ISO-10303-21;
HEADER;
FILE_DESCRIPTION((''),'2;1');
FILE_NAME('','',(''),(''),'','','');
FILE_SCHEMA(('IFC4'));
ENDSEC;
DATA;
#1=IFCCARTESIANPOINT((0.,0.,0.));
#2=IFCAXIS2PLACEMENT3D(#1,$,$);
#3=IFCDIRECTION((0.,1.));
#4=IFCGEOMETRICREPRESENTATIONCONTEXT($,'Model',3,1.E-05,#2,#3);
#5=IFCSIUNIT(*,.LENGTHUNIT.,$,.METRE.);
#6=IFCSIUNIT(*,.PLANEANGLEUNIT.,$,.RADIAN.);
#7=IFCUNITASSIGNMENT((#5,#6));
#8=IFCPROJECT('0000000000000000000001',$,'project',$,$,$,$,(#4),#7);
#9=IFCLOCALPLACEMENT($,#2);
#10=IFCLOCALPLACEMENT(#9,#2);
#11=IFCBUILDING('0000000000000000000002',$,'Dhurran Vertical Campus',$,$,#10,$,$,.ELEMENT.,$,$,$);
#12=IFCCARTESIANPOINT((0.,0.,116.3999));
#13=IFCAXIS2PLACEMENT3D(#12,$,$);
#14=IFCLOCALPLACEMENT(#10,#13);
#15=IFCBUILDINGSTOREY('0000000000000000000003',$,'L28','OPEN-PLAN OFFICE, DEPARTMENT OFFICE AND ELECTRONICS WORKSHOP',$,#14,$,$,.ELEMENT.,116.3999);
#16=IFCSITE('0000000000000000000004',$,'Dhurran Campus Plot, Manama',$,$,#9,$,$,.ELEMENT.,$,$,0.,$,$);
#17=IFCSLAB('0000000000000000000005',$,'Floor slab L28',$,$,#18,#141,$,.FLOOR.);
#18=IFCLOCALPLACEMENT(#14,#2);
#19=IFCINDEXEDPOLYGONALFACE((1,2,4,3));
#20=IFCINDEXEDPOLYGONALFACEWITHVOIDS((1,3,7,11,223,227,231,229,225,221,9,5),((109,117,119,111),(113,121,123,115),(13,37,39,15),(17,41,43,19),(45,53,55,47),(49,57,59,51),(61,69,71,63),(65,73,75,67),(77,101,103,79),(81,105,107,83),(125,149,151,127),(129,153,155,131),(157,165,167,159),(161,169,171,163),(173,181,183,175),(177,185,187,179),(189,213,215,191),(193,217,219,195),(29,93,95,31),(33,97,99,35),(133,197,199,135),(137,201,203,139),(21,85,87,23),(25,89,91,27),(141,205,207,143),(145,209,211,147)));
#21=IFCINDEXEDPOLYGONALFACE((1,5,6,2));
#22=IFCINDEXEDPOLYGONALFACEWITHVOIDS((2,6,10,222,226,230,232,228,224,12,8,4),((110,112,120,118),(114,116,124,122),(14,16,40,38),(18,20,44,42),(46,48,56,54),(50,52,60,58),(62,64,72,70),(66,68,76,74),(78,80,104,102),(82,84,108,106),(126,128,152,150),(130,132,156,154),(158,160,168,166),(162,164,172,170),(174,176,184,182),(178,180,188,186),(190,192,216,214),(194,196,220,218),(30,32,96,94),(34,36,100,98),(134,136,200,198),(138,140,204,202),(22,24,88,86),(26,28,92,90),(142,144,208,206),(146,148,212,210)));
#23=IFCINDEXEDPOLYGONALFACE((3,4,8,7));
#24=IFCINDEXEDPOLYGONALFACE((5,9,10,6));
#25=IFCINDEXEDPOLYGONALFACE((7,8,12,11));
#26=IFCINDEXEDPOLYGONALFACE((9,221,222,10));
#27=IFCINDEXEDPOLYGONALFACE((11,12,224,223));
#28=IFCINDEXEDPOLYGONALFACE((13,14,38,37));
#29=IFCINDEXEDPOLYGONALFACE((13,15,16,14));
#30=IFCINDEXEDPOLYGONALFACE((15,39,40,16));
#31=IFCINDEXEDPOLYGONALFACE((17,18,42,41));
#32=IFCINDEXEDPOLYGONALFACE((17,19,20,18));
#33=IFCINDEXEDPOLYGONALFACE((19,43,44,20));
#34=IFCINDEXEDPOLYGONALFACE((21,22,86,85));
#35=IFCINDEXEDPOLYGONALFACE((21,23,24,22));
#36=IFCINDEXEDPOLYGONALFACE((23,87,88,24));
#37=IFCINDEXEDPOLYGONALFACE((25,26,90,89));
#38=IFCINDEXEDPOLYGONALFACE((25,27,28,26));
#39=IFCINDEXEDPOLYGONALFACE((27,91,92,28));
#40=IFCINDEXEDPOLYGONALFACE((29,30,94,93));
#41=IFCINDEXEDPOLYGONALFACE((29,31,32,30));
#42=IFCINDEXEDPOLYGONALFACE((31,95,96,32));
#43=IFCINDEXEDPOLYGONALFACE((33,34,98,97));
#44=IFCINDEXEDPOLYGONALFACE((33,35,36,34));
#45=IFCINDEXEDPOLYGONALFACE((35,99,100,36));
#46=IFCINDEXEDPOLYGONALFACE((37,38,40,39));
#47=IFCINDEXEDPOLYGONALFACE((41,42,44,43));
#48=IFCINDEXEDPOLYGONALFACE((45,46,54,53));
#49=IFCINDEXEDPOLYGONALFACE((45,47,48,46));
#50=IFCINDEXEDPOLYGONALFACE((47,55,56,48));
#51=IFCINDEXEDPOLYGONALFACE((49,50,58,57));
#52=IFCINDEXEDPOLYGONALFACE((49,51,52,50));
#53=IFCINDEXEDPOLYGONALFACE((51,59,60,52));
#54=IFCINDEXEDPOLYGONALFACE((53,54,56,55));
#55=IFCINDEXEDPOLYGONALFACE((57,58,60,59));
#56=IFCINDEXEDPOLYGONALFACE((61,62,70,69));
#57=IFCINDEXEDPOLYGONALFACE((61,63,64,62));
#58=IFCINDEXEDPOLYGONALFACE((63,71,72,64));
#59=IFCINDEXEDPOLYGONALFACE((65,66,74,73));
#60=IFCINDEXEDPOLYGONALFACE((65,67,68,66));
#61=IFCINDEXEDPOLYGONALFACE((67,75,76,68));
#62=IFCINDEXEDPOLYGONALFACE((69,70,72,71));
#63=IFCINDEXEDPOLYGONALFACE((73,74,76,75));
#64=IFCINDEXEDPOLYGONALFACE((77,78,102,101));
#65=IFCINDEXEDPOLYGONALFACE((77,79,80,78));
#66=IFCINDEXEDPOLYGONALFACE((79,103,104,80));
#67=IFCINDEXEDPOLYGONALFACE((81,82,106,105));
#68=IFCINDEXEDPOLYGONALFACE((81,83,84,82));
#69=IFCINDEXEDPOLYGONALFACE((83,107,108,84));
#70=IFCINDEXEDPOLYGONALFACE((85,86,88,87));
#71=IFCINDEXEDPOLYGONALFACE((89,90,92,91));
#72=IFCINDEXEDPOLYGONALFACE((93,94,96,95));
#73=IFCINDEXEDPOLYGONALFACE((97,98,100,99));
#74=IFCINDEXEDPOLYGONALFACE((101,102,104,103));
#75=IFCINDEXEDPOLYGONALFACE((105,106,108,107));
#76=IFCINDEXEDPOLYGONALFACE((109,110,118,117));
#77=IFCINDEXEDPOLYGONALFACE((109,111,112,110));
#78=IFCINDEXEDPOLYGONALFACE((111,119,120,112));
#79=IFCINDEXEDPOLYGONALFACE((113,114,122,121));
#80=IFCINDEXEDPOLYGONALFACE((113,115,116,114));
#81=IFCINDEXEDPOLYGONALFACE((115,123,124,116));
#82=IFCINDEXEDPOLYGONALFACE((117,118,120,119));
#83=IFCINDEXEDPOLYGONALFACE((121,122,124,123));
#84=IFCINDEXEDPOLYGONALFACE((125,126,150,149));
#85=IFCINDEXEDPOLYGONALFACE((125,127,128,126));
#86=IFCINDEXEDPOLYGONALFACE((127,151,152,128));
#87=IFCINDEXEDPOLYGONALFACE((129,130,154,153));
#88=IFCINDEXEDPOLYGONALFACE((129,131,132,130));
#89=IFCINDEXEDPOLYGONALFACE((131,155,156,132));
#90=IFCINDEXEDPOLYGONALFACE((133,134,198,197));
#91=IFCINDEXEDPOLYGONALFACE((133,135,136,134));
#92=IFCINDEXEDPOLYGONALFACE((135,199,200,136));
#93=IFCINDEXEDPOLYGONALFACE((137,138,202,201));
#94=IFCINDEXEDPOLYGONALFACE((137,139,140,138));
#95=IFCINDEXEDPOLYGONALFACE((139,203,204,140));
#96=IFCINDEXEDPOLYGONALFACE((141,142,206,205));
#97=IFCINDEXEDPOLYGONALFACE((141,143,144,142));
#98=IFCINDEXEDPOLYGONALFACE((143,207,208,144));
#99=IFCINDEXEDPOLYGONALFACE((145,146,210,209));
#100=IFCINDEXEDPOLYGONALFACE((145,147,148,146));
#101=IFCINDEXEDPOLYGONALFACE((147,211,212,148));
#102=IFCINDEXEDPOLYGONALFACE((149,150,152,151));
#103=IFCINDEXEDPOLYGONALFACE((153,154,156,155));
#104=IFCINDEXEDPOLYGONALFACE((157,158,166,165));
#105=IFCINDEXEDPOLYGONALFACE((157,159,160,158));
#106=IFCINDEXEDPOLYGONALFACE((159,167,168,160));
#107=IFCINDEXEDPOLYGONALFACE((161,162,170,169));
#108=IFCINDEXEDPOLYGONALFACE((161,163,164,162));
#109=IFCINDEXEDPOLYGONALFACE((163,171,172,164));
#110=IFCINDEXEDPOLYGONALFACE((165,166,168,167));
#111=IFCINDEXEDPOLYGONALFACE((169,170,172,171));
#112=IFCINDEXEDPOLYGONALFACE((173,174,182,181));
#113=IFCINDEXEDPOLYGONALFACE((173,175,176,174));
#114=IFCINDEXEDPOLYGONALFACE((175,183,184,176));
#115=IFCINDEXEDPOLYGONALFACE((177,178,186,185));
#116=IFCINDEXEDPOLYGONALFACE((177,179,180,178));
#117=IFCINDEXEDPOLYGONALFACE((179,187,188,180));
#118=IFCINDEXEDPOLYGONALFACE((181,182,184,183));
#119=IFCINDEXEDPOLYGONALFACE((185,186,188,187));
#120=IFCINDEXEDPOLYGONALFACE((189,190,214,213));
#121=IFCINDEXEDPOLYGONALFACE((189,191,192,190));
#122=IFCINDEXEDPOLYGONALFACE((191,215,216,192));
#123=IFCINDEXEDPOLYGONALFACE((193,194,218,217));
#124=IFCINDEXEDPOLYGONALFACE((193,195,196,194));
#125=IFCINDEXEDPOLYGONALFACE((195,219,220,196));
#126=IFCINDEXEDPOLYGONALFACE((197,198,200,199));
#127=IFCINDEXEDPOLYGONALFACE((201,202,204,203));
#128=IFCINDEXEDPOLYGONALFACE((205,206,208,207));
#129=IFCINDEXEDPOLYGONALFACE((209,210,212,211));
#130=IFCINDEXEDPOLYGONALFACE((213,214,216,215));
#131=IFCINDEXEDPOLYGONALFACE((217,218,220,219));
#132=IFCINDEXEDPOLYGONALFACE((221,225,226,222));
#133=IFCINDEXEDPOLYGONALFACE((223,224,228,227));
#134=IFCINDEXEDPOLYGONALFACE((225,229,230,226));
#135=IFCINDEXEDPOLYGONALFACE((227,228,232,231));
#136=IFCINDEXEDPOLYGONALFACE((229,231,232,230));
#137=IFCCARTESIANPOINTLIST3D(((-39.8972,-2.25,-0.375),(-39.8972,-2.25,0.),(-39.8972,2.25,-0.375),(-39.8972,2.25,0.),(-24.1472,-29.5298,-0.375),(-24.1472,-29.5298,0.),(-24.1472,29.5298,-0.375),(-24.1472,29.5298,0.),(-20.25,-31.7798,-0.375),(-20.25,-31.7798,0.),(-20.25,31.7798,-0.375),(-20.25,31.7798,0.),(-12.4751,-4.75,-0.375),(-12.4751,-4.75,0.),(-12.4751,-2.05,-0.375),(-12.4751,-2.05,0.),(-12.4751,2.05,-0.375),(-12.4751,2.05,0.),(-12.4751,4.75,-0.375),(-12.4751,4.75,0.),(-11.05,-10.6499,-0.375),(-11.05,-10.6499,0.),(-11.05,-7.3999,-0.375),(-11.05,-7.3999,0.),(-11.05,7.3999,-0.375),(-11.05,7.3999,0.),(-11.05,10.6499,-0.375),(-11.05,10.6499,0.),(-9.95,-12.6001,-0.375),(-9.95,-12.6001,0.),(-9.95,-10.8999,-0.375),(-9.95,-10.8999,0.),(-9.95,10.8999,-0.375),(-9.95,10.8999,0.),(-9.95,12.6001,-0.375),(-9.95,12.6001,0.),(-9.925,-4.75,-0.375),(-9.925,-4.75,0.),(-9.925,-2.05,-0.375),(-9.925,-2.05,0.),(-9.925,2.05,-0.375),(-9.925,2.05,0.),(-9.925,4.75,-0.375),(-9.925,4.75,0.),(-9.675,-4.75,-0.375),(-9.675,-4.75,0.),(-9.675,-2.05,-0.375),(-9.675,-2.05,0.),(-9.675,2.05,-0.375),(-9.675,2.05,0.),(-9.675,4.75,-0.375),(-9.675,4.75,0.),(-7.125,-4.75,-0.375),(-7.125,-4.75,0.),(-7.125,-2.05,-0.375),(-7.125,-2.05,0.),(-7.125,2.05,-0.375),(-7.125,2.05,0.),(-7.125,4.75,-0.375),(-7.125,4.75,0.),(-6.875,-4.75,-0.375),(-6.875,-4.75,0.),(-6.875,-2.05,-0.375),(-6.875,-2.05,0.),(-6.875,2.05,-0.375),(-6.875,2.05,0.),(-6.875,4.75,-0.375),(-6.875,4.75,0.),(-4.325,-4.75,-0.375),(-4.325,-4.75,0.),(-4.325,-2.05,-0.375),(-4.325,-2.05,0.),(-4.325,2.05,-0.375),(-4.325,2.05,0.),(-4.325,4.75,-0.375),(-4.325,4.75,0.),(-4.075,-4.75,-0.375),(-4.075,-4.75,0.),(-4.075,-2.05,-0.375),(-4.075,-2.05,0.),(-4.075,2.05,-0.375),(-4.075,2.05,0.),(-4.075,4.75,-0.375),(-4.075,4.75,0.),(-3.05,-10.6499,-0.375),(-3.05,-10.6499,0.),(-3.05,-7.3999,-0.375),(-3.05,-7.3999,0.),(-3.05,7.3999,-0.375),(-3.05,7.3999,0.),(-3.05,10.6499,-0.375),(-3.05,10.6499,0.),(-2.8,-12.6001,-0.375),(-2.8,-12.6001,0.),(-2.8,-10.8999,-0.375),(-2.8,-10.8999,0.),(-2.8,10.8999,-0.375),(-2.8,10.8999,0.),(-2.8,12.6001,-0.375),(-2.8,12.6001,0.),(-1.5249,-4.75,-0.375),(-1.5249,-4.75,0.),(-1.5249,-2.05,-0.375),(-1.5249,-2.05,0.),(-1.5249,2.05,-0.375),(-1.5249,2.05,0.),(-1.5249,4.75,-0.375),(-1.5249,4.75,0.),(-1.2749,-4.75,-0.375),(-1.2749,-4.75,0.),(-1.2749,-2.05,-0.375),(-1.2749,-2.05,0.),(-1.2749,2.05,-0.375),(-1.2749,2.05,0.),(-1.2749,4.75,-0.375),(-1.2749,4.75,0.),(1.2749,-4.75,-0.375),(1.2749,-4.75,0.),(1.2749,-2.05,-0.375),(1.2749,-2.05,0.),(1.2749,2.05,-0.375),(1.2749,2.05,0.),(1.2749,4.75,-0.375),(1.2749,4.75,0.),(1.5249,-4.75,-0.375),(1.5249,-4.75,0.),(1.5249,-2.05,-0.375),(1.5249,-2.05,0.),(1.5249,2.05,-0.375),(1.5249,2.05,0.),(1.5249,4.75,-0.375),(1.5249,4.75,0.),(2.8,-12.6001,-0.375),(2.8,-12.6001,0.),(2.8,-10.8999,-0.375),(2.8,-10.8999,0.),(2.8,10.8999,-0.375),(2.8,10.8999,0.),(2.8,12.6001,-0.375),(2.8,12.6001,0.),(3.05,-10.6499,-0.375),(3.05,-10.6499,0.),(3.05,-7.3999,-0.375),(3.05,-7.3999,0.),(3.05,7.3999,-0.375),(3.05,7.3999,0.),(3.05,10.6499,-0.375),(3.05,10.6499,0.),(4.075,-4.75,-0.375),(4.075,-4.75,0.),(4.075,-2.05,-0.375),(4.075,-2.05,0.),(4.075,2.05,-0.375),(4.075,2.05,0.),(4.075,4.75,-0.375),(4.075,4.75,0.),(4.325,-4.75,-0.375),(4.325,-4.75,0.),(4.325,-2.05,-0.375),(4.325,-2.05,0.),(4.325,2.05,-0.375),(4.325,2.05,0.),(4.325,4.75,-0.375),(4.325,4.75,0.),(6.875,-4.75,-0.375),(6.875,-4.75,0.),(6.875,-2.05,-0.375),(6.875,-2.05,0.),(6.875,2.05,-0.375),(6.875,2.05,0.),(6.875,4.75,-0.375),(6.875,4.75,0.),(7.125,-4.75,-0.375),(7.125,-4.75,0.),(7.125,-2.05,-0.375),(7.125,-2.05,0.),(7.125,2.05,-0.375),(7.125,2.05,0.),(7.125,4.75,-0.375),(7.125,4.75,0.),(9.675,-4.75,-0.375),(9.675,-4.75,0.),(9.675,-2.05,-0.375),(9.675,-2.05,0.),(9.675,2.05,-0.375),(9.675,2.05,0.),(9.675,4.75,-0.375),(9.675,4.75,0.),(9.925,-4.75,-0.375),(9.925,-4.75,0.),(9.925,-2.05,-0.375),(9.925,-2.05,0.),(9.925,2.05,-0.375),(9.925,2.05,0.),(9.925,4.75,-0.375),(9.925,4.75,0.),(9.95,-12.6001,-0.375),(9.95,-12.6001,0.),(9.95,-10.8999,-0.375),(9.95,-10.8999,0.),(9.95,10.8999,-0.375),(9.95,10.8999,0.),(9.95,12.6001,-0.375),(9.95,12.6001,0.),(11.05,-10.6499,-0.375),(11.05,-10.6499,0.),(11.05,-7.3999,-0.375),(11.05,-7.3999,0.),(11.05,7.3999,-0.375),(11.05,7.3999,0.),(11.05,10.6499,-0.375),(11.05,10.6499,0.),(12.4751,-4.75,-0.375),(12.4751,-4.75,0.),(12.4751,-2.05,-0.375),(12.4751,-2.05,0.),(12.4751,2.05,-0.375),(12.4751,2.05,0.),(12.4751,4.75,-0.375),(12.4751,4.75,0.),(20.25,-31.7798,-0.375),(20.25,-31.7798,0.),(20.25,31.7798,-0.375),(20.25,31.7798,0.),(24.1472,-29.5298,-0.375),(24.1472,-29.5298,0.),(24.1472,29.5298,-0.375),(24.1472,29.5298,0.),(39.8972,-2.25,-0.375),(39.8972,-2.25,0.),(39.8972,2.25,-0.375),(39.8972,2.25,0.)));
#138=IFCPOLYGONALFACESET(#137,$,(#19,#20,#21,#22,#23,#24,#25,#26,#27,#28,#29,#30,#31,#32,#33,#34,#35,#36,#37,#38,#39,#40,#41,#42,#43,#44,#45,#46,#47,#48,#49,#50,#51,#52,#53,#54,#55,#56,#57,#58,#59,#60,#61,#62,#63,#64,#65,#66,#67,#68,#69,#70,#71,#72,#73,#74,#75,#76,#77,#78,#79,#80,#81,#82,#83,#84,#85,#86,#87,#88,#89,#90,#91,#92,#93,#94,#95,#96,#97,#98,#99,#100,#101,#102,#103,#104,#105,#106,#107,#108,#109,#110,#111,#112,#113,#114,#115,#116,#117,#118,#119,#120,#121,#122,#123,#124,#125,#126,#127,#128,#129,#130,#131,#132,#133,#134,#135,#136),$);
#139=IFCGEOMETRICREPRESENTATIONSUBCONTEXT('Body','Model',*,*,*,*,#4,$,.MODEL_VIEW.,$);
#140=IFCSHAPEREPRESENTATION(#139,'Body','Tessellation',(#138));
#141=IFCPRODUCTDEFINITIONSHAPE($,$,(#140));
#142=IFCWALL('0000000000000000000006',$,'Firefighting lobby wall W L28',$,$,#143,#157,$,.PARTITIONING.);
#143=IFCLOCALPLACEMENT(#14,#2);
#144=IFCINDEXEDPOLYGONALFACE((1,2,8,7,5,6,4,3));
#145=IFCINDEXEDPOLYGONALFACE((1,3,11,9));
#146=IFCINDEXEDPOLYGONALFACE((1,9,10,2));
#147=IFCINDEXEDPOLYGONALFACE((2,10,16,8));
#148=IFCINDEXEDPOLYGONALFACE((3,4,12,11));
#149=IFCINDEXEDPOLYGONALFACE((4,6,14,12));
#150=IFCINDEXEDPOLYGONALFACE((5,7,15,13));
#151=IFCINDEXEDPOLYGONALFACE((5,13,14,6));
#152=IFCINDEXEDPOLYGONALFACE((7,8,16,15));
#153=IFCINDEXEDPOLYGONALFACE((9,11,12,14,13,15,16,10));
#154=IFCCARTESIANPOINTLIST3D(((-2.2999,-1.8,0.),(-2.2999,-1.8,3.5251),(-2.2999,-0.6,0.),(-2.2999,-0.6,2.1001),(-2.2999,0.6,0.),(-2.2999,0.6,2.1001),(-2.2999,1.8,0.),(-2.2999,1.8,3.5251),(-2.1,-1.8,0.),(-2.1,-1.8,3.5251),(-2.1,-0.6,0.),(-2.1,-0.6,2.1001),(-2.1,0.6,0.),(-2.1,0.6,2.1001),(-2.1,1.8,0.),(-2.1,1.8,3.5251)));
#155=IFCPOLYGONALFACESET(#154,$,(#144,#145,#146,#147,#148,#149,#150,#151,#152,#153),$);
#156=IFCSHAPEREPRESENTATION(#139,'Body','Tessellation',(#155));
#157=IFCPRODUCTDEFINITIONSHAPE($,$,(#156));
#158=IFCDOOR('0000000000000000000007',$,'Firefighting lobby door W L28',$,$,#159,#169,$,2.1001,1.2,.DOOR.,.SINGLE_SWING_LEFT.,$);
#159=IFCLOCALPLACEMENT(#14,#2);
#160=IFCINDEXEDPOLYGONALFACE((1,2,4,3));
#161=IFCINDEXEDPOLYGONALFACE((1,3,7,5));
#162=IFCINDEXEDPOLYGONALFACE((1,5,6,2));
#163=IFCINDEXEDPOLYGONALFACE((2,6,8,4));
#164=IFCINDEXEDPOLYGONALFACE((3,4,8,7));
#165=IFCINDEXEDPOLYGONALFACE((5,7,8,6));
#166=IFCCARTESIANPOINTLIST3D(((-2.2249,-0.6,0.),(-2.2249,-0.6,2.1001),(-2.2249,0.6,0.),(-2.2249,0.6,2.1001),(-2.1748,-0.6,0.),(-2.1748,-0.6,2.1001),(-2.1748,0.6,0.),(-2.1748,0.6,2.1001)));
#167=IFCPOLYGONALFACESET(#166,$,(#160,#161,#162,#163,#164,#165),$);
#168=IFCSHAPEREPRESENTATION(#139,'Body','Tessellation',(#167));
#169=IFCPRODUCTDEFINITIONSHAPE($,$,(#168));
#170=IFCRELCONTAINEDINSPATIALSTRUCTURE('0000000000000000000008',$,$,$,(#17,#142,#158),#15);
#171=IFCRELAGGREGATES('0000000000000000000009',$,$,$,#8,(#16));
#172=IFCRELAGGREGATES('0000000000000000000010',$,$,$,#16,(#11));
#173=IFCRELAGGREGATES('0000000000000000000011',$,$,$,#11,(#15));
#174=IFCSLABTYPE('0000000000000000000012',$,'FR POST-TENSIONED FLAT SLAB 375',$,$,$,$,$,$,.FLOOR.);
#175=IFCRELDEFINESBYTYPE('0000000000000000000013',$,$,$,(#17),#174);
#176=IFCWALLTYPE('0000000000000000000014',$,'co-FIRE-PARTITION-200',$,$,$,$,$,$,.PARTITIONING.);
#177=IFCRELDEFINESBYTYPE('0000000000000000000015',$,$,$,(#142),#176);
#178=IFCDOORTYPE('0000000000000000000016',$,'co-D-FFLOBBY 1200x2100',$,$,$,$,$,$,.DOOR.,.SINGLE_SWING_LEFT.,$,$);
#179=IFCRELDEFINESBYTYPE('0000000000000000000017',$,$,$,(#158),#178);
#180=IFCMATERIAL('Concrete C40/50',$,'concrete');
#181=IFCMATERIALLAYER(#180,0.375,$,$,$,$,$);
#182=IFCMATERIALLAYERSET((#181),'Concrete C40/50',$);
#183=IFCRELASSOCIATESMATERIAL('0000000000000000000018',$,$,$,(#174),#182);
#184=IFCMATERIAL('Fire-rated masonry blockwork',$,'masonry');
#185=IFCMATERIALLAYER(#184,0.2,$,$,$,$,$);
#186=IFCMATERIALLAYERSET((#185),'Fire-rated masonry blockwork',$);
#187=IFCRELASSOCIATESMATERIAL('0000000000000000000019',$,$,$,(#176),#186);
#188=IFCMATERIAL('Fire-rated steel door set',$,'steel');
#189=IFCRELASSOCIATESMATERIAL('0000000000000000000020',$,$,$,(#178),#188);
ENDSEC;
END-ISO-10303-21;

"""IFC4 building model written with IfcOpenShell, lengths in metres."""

from ifc_helpers import new_model, si_unit, direction, frame, frame_2d, origin, place, context, subcontext, project, spatial, polyline, rectangle, outline, extrude, material, layer, layer_set, type_object, element, fill, save


model = new_model("IFC4")

# Units and contexts
model_context = context("Model", 3, precision=1e-05, world=origin(), true_north=direction((0.0, 1.0)))
body_context = subcontext(model_context, "Body", "Model", "MODEL_VIEW")
ifc_project = project(units=[si_unit("LENGTHUNIT", "METRE"), si_unit("PLANEANGLEUNIT", "RADIAN")], contexts=[model_context])

# Site, building, storey
site_placement = place(None, origin())
site = spatial("IfcSite", under=ifc_project, at=site_placement, Name="Dhurran Campus Plot, Manama", CompositionType="ELEMENT", RefElevation=0.0)
building_placement = place(site_placement, origin())
building = spatial("IfcBuilding", under=site, at=building_placement, Name="Dhurran Vertical Campus", CompositionType="ELEMENT")
storey_placement = place(building_placement, frame((0.0, 0.0, 116.3999)))
storey = spatial("IfcBuildingStorey", under=building, at=storey_placement, Name="L28", Description="OPEN-PLAN OFFICE, DEPARTMENT OFFICE AND ELECTRONICS WORKSHOP", CompositionType="ELEMENT", Elevation=116.3999)

# Slab
ifc_material_1 = material(Name="Concrete C40/50", Category="concrete")
ifc_layer_1 = layer(ifc_material_1, 0.375)
ifc_layer_set_1 = layer_set([ifc_layer_1], Name="Concrete C40/50")
slab_type = type_object("IfcSlabType", Name="FR POST-TENSIONED FLAT SLAB 375", PredefinedType="FLOOR", material=ifc_layer_set_1)
slab_placement = place(storey_placement, frame((0.0, 0.0, -0.375)))
element("IfcSlab", 1, at=slab_placement, inside=storey, type_object=slab_type, Name="Floor slab L28", PredefinedType="FLOOR", context=body_context, shape_type="SweptSolid", body=[
    extrude(outline(polyline([(-20.25, -31.7798), (20.25, -31.7798), (24.1472, -29.5298), (39.8972, -2.25), (39.8972, 2.25), (24.1472, 29.5298), (20.25, 31.7798), (-20.25, 31.7798), (-24.1472, 29.5298), (-39.8972, 2.25), (-39.8972, -2.25), (-24.1472, -29.5298), (-20.25, -31.7798)]), holes=[polyline([(-12.4751, 2.05), (-9.925, 2.05), (-9.925, 4.75), (-12.4751, 4.75), (-12.4751, 2.05)]), polyline([(-9.675, 2.05), (-7.125, 2.05), (-7.125, 4.75), (-9.675, 4.75), (-9.675, 2.05)]), polyline([(-6.875, 2.05), (-4.325, 2.05), (-4.325, 4.75), (-6.875, 4.75), (-6.875, 2.05)]), polyline([(-1.2749, 2.05), (1.2749, 2.05), (1.2749, 4.75), (-1.2749, 4.75), (-1.2749, 2.05)]), polyline([(9.925, 2.05), (12.4751, 2.05), (12.4751, 4.75), (9.925, 4.75), (9.925, 2.05)]), polyline([(-1.2749, -4.75), (1.2749, -4.75), (1.2749, -2.05), (-1.2749, -2.05), (-1.2749, -4.75)]), polyline([(1.5249, -4.75), (4.075, -4.75), (4.075, -2.05), (1.5249, -2.05), (1.5249, -4.75)]), polyline([(4.325, -4.75), (6.875, -4.75), (6.875, -2.05), (4.325, -2.05), (4.325, -4.75)]), polyline([(7.125, -4.75), (9.675, -4.75), (9.675, -2.05), (7.125, -2.05), (7.125, -4.75)]), polyline([(9.925, -4.75), (12.4751, -4.75), (12.4751, -2.05), (9.925, -2.05), (9.925, -4.75)]), polyline([(-4.075, 2.05), (-1.5249, 2.05), (-1.5249, 4.75), (-4.075, 4.75), (-4.075, 2.05)]), polyline([(1.5249, 2.05), (4.075, 2.05), (4.075, 4.75), (1.5249, 4.75), (1.5249, 2.05)]), polyline([(4.325, 2.05), (6.875, 2.05), (6.875, 4.75), (4.325, 4.75), (4.325, 2.05)]), polyline([(7.125, 2.05), (9.675, 2.05), (9.675, 4.75), (7.125, 4.75), (7.125, 2.05)]), polyline([(-12.4751, -4.75), (-9.925, -4.75), (-9.925, -2.05), (-12.4751, -2.05), (-12.4751, -4.75)]), polyline([(-9.675, -4.75), (-7.125, -4.75), (-7.125, -2.05), (-9.675, -2.05), (-9.675, -4.75)]), polyline([(-6.875, -4.75), (-4.325, -4.75), (-4.325, -2.05), (-6.875, -2.05), (-6.875, -4.75)]), polyline([(-4.075, -4.75), (-1.5249, -4.75), (-1.5249, -2.05), (-4.075, -2.05), (-4.075, -4.75)]), polyline([(-11.05, 7.3999), (-3.05, 7.3999), (-3.05, 10.6499), (-11.05, 10.6499), (-11.05, 7.3999)]), polyline([(3.05, 7.3999), (11.05, 7.3999), (11.05, 10.6499), (3.05, 10.6499), (3.05, 7.3999)]), polyline([(-11.05, -10.6499), (-3.05, -10.6499), (-3.05, -7.3999), (-11.05, -7.3999), (-11.05, -10.6499)]), polyline([(3.05, -10.6499), (11.05, -10.6499), (11.05, -7.3999), (3.05, -7.3999), (3.05, -10.6499)]), polyline([(-9.95, 10.8999), (-9.95, 12.6001), (-2.8, 12.6001), (-2.8, 10.8999), (-9.95, 10.8999)]), polyline([(9.95, 12.6001), (9.95, 10.8999), (2.8, 10.8999), (2.8, 12.6001), (9.95, 12.6001)]), polyline([(-9.95, -12.6001), (-9.95, -10.8999), (-2.8, -10.8999), (-2.8, -12.6001), (-9.95, -12.6001)]), polyline([(9.95, -10.8999), (9.95, -12.6001), (2.8, -12.6001), (2.8, -10.8999), (9.95, -10.8999)])]), origin(), (0.0, 0.0, 1.0), 0.375),
])

# Wall, opening, door
ifc_material_2 = material(Name="Fire-rated masonry blockwork", Category="masonry")
ifc_layer_2 = layer(ifc_material_2, 0.2)
ifc_layer_set_2 = layer_set([ifc_layer_2], Name="Fire-rated masonry blockwork")
wall_type_1 = type_object("IfcWallType", Name="co-FIRE-PARTITION-200", PredefinedType="PARTITIONING", material=ifc_layer_set_2)
wall_1_placement = place(storey_placement, frame((-2.2, -1.8, 0.0), z_axis=(0.0, 0.0, 1.0), x_axis=(0.0, 1.0, 0.0)))
wall_1 = element("IfcWall", 2, at=wall_1_placement, inside=storey, type_object=wall_type_1, Name="Firefighting lobby wall W L28", PredefinedType="PARTITIONING", context=body_context, shape_type="SweptSolid", body=[
    extrude(rectangle(XDim=3.6001, YDim=0.2, at=frame_2d((1.8, 0.0))), origin(), (0.0, 0.0, 1.0), 3.5251),
])
opening_1_placement = place(wall_1_placement, frame((1.2, 0.0, 0.0)))
opening_1 = element("IfcOpeningElement", 3, at=opening_1_placement, cuts=wall_1, PredefinedType="OPENING", context=body_context, shape_type="SweptSolid", body=[
    extrude(rectangle(XDim=1.2, YDim=2.1001, at=frame_2d((0.6001, 1.05))), frame((0.0, 0.1099, 0.0), z_axis=(0.0, -1.0, 0.0), x_axis=(1.0, 0.0, 0.0)), (0.0, 0.0, 1.0), 0.22),
])
ifc_material_3 = material(Name="Fire-rated steel door set", Category="steel")
door_type_1 = type_object("IfcDoorType", Name="co-D-FFLOBBY 1200x2100", OperationType="SINGLE_SWING_LEFT", PredefinedType="DOOR", material=ifc_material_3)
door_1_placement = place(opening_1_placement, origin())
door_1 = element("IfcDoor", 4, at=door_1_placement, inside=storey, type_object=door_type_1, Name="Firefighting lobby door W L28", OperationType="SINGLE_SWING_LEFT", OverallHeight=2.1001, OverallWidth=1.2, PredefinedType="DOOR", context=body_context, shape_type="SweptSolid", body=[
    extrude(rectangle(XDim=1.2, YDim=2.1001, at=frame_2d((0.6001, 1.05))), frame((0.0, 0.0249, 0.0), z_axis=(0.0, -1.0, 0.0), x_axis=(1.0, 0.0, 0.0)), (0.0, 0.0, 1.0), 0.05),
])
fill(opening_1, door_1)

save(model, "model.ifc")
